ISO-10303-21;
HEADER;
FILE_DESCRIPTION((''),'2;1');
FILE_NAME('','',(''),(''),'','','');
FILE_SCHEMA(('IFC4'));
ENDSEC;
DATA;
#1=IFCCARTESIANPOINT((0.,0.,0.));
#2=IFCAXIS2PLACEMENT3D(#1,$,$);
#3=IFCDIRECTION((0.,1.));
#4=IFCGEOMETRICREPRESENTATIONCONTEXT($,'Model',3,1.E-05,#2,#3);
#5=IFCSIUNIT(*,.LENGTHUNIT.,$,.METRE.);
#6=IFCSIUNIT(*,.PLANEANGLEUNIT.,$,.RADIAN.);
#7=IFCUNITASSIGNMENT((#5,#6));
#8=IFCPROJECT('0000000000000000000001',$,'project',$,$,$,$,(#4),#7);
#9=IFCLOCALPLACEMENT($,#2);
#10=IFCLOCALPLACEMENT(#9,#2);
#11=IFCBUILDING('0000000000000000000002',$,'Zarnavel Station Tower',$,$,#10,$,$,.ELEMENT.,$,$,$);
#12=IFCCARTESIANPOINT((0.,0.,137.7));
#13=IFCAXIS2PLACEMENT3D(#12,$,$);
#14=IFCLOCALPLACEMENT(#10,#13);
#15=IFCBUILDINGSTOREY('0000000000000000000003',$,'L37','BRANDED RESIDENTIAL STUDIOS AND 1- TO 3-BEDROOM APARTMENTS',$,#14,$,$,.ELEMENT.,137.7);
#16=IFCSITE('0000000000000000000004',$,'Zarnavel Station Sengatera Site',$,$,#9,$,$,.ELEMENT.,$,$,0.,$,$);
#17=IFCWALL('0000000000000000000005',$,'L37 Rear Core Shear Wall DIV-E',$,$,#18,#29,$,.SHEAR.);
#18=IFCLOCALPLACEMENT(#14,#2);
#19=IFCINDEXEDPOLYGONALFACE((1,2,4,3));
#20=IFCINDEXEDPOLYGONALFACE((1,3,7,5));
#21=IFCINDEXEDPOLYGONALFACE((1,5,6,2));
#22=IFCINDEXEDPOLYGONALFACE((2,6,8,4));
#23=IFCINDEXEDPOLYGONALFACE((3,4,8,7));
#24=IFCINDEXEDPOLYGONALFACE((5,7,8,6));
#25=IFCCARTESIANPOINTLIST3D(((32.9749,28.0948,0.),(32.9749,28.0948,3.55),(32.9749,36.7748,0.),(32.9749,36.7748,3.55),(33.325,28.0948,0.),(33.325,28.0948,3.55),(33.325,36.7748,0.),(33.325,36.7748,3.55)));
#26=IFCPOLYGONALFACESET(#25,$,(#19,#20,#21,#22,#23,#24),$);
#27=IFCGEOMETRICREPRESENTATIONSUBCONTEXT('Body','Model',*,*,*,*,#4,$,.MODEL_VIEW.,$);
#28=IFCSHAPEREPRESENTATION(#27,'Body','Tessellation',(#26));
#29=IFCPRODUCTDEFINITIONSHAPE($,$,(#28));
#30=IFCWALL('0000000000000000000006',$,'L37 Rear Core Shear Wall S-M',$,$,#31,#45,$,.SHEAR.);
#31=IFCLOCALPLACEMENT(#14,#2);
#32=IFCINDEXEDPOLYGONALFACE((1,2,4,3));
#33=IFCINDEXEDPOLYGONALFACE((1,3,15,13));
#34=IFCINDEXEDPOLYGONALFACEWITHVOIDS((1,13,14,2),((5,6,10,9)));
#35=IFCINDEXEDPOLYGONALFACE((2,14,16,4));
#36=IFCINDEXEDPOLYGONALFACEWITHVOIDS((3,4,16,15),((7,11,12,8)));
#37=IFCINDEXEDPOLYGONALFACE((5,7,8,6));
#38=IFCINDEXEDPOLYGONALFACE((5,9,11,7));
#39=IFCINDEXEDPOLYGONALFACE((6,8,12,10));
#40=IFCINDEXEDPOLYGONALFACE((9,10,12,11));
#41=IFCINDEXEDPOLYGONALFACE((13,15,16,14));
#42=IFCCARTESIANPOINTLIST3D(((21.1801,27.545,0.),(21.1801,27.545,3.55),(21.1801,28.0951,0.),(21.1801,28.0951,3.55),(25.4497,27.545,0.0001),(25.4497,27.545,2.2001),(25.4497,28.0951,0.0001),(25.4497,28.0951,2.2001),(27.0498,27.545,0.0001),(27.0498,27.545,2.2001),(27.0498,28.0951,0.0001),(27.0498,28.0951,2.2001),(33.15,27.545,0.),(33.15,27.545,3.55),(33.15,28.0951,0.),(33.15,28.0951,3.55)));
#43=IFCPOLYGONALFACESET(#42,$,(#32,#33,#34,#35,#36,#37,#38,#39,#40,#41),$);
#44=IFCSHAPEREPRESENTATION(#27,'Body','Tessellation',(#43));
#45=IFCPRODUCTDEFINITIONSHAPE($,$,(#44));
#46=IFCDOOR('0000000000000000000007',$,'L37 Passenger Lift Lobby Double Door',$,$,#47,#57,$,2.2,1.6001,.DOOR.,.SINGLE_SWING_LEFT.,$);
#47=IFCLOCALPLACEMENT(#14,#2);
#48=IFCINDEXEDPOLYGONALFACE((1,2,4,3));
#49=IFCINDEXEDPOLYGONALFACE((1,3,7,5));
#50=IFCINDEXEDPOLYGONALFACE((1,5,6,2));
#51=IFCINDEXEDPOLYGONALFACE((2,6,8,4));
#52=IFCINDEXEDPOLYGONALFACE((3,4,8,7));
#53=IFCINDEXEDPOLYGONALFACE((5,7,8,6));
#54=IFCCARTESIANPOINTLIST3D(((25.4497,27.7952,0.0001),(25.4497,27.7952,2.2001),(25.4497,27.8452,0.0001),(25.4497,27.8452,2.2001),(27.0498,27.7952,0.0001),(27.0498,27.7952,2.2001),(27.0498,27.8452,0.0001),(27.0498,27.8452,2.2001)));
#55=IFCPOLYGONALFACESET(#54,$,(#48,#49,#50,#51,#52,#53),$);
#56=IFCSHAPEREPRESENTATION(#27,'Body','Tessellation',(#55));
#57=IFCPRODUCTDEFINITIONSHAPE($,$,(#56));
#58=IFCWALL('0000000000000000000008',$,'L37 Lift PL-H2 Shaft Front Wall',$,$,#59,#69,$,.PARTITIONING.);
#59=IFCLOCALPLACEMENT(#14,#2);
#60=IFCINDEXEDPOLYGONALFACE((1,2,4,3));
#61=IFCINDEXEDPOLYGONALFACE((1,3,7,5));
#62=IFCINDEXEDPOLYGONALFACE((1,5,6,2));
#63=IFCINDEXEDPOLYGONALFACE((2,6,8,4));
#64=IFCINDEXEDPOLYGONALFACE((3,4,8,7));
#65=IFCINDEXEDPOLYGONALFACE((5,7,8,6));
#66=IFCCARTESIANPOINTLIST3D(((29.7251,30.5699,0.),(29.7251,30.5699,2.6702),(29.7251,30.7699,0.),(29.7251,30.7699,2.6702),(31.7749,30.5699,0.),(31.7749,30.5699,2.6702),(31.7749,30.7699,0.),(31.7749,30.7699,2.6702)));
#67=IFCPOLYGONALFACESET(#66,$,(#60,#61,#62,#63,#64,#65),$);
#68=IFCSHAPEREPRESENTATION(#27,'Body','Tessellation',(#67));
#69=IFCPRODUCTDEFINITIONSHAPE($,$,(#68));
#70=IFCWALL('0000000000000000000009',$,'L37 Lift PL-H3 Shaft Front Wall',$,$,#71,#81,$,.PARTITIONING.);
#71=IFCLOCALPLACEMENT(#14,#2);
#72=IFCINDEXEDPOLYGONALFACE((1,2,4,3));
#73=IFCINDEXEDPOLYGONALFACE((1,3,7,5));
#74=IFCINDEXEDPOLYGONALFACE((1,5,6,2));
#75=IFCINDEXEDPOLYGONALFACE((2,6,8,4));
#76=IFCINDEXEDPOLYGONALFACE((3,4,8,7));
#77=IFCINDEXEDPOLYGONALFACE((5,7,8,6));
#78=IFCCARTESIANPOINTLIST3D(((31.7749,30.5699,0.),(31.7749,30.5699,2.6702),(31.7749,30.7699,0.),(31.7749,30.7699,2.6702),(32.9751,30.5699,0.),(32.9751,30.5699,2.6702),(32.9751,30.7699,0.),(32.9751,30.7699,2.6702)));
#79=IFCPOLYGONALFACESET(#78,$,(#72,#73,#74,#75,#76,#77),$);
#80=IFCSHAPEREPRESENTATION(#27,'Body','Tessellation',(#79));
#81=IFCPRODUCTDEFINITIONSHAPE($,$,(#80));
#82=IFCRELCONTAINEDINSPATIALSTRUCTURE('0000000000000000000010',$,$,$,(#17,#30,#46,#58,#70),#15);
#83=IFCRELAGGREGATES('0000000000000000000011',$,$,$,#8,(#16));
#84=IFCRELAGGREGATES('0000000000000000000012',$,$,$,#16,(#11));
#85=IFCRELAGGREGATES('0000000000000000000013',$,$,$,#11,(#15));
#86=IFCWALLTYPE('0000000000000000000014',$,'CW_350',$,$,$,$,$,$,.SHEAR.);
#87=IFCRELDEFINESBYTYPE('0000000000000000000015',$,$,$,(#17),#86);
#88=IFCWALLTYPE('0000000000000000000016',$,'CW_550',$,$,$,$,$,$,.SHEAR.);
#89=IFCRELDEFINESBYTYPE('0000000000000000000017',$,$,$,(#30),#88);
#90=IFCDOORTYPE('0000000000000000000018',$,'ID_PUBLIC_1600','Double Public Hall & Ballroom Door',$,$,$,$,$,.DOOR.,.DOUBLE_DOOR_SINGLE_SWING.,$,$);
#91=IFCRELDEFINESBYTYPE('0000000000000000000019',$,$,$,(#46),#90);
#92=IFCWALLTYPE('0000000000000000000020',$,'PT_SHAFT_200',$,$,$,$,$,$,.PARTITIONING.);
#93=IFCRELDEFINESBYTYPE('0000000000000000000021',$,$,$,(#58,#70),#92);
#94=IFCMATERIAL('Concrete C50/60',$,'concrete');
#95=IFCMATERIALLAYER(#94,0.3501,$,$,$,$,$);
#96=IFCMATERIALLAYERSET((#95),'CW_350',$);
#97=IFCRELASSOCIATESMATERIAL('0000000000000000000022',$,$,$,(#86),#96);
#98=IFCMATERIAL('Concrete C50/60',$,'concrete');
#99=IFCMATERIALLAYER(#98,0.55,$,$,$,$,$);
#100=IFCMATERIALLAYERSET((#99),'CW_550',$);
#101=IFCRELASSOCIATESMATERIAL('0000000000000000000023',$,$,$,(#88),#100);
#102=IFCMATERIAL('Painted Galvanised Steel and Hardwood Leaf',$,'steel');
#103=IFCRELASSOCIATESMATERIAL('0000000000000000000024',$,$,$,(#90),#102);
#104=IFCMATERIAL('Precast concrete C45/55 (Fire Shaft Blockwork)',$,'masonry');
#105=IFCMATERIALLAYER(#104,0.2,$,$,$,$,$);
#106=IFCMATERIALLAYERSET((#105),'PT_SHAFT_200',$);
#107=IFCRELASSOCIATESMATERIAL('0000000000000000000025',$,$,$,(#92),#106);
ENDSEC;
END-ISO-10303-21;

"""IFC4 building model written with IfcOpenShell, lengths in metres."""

from ifc_helpers import new_model, si_unit, direction, frame, frame_2d, origin, place, context, subcontext, project, spatial, rectangle, extrude, material, layer, layer_set, type_object, element, fill, save


model = new_model("IFC4")

# Units and contexts
model_context = context("Model", 3, precision=1e-05, world=origin(), true_north=direction((0.0, 1.0)))
body_context = subcontext(model_context, "Body", "Model", "MODEL_VIEW")
ifc_project = project(units=[si_unit("LENGTHUNIT", "METRE"), si_unit("PLANEANGLEUNIT", "RADIAN")], contexts=[model_context])

# Site, building, storey
site_placement = place(None, origin())
site = spatial("IfcSite", under=ifc_project, at=site_placement, Name="Zarnavel Station Sengatera Site", CompositionType="ELEMENT", RefElevation=0.0)
building_placement = place(site_placement, origin())
building = spatial("IfcBuilding", under=site, at=building_placement, Name="Zarnavel Station Tower", CompositionType="ELEMENT")
storey_placement = place(building_placement, frame((0.0, 0.0, 137.7)))
storey = spatial("IfcBuildingStorey", under=building, at=storey_placement, Name="L37", Description="BRANDED RESIDENTIAL STUDIOS AND 1- TO 3-BEDROOM APARTMENTS", CompositionType="ELEMENT", Elevation=137.7)

# Wall
ifc_material_1 = material(Name="Concrete C50/60", Category="concrete")
ifc_layer_1 = layer(ifc_material_1, 0.3501)
ifc_layer_set_1 = layer_set([ifc_layer_1], Name="CW_350")
wall_type_1 = type_object("IfcWallType", Name="CW_350", PredefinedType="SHEAR", material=ifc_layer_set_1)
wall_1_placement = place(storey_placement, frame((33.1499, 28.095, 0.0), z_axis=(0.0, 0.0, 1.0), x_axis=(0.0, 1.0, 0.0)))
element("IfcWall", 1, at=wall_1_placement, inside=storey, type_object=wall_type_1, Name="L37 Rear Core Shear Wall DIV-E", PredefinedType="SHEAR", context=body_context, shape_type="SweptSolid", body=[
    extrude(rectangle(XDim=8.6799, YDim=0.3501, at=frame_2d((4.3398, 0.0))), origin(), (0.0, 0.0, 1.0), 3.55),
])

# Wall, opening, door
ifc_material_2 = material(Name="Concrete C50/60", Category="concrete")
ifc_layer_2 = layer(ifc_material_2, 0.55)
ifc_layer_set_2 = layer_set([ifc_layer_2], Name="CW_550")
wall_type_2 = type_object("IfcWallType", Name="CW_550", PredefinedType="SHEAR", material=ifc_layer_set_2)
wall_2_placement = place(storey_placement, frame((33.1499, 27.8201, 0.0), z_axis=(0.0, 0.0, 1.0), x_axis=(-1.0, 0.0, 0.0)))
wall_2 = element("IfcWall", 2, at=wall_2_placement, inside=storey, type_object=wall_type_2, Name="L37 Rear Core Shear Wall S-M", PredefinedType="SHEAR", context=body_context, shape_type="SweptSolid", body=[
    extrude(rectangle(XDim=11.97, YDim=0.55, at=frame_2d((5.9849, 0.0))), origin(), (0.0, 0.0, 1.0), 3.55),
])
opening_1_placement = place(wall_2_placement, frame((6.1001, 0.0, 0.0)))
opening_1 = element("IfcOpeningElement", 3, at=opening_1_placement, cuts=wall_2, PredefinedType="OPENING", context=body_context, shape_type="SweptSolid", body=[
    extrude(rectangle(XDim=1.6001, YDim=2.2, at=frame_2d((0.8, 1.1001))), frame((0.0, 0.2849, 0.0), z_axis=(0.0, -1.0, 0.0), x_axis=(1.0, 0.0, 0.0)), (0.0, 0.0, 1.0), 0.5701),
])
ifc_material_3 = material(Name="Painted Galvanised Steel and Hardwood Leaf", Category="steel")
door_type_1 = type_object("IfcDoorType", Name="ID_PUBLIC_1600", Description="Double Public Hall & Ballroom Door", OperationType="DOUBLE_DOOR_SINGLE_SWING", PredefinedType="DOOR", material=ifc_material_3)
door_1_placement = place(opening_1_placement, origin())
door_1 = element("IfcDoor", 4, at=door_1_placement, inside=storey, type_object=door_type_1, Name="L37 Passenger Lift Lobby Double Door", OperationType="SINGLE_SWING_LEFT", OverallHeight=2.2, OverallWidth=1.6001, PredefinedType="DOOR", context=body_context, shape_type="SweptSolid", body=[
    extrude(rectangle(XDim=1.6001, YDim=2.2, at=frame_2d((0.8, 1.1001))), frame((0.0, 0.0249, 0.0), z_axis=(0.0, -1.0, 0.0), x_axis=(1.0, 0.0, 0.0)), (0.0, 0.0, 1.0), 0.05),
])
fill(opening_1, door_1)
ifc_material_4 = material(Name="Precast concrete C45/55 (Fire Shaft Blockwork)", Category="masonry")
ifc_layer_3 = layer(ifc_material_4, 0.2)
ifc_layer_set_3 = layer_set([ifc_layer_3], Name="PT_SHAFT_200")
wall_type_3 = type_object("IfcWallType", Name="PT_SHAFT_200", PredefinedType="PARTITIONING", material=ifc_layer_set_3)

# Walls
wall_3_placement = place(storey_placement, frame((29.7251, 30.6699, 0.0), z_axis=(0.0, 0.0, 1.0), x_axis=(1.0, 0.0, 0.0)))
element("IfcWall", 5, at=wall_3_placement, inside=storey, type_object=wall_type_3, Name="L37 Lift PL-H2 Shaft Front Wall", PredefinedType="PARTITIONING", context=body_context, shape_type="SweptSolid", body=[
    extrude(rectangle(XDim=2.0498, YDim=0.2, at=frame_2d((1.0249, 0.0))), origin(), (0.0, 0.0, 1.0), 2.6702),
])
wall_4_placement = place(storey_placement, frame((31.7749, 30.6699, 0.0), z_axis=(0.0, 0.0, 1.0), x_axis=(1.0, 0.0, 0.0)))
element("IfcWall", 6, at=wall_4_placement, inside=storey, type_object=wall_type_3, Name="L37 Lift PL-H3 Shaft Front Wall", PredefinedType="PARTITIONING", context=body_context, shape_type="SweptSolid", body=[
    extrude(rectangle(XDim=1.2002, YDim=0.2, at=frame_2d((0.6001, 0.0))), origin(), (0.0, 0.0, 1.0), 2.6702),
])

save(model, "model.ifc")
